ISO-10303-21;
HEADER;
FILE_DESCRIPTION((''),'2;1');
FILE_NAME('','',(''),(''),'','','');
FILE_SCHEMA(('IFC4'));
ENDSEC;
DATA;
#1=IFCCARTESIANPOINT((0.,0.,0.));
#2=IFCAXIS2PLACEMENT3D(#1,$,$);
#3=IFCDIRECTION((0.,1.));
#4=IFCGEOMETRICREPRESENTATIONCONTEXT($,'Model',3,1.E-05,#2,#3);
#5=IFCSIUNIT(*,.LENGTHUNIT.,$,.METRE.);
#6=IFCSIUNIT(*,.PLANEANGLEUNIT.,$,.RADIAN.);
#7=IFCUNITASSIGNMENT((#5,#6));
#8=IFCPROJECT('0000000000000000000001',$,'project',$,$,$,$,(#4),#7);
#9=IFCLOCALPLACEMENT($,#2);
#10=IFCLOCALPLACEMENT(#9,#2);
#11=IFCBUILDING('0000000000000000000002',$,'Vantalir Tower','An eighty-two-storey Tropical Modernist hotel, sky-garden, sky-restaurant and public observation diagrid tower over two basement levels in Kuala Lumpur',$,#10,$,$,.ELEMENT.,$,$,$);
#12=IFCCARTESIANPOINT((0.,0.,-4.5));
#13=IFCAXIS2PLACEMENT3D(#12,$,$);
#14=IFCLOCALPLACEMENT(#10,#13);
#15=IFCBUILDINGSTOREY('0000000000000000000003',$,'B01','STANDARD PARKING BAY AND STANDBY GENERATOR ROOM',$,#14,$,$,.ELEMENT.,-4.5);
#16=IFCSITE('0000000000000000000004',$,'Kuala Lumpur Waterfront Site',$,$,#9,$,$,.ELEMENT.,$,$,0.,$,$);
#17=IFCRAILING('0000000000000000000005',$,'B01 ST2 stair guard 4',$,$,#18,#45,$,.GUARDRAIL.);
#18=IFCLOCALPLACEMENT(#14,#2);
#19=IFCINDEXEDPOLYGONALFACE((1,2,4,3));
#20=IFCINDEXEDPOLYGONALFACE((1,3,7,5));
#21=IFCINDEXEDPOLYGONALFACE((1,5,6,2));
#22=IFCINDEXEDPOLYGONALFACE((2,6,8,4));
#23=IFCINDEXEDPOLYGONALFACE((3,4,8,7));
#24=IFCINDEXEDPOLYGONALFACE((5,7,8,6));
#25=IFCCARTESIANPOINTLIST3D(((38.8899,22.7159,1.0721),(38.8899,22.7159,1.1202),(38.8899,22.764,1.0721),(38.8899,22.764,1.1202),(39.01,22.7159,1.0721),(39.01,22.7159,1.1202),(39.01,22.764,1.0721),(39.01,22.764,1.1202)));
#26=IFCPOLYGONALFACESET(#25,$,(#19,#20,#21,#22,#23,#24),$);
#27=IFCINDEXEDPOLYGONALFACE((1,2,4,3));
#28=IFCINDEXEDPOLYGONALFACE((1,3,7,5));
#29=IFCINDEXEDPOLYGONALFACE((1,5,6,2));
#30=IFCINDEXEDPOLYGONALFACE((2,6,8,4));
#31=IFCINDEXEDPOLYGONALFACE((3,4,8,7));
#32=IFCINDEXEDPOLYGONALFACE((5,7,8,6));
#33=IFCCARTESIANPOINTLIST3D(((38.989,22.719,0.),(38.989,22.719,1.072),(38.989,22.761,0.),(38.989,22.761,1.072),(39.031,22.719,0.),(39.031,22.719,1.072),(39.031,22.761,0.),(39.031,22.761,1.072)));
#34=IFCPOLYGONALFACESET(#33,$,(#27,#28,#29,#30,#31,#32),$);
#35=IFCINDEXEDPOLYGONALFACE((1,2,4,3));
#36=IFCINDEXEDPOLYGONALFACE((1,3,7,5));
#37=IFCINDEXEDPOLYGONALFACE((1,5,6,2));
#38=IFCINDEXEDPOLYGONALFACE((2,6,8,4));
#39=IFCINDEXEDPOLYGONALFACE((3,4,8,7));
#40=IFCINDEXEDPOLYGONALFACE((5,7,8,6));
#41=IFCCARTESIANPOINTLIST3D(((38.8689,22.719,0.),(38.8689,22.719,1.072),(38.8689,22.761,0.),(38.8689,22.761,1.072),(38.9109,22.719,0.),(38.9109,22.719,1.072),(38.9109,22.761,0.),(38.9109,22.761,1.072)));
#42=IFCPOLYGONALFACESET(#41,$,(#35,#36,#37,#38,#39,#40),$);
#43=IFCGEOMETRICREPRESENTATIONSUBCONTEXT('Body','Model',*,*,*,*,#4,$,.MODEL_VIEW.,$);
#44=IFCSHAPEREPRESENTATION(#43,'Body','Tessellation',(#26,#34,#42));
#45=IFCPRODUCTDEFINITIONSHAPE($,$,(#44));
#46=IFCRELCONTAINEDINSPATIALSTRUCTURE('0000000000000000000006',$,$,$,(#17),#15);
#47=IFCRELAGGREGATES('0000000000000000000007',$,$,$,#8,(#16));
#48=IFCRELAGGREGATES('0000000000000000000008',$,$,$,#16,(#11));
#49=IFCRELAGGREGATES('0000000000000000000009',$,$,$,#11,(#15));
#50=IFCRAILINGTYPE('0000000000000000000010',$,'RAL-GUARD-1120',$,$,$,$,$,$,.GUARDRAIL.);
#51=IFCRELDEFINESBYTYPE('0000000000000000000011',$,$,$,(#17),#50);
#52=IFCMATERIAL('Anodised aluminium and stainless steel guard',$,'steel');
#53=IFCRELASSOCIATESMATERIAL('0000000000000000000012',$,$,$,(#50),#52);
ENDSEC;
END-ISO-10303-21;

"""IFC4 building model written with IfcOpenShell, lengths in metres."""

from ifc_helpers import new_model, si_unit, direction, frame, origin, origin_2d, place, context, subcontext, project, spatial, rectangle, extrude, material, type_object, element, save


model = new_model("IFC4")

# Units and contexts
model_context = context("Model", 3, precision=1e-05, world=origin(), true_north=direction((0.0, 1.0)))
body_context = subcontext(model_context, "Body", "Model", "MODEL_VIEW")
ifc_project = project(units=[si_unit("LENGTHUNIT", "METRE"), si_unit("PLANEANGLEUNIT", "RADIAN")], contexts=[model_context])

# Site, building, storey
site_placement = place(None, origin())
site = spatial("IfcSite", under=ifc_project, at=site_placement, Name="Kuala Lumpur Waterfront Site", CompositionType="ELEMENT", RefElevation=0.0)
building_placement = place(site_placement, origin())
building = spatial("IfcBuilding", under=site, at=building_placement, Name="Vantalir Tower", Description="An eighty-two-storey Tropical Modernist hotel, sky-garden, sky-restaurant and public observation diagrid tower over two basement levels in Kuala Lumpur", CompositionType="ELEMENT")
storey_placement = place(building_placement, frame((0.0, 0.0, -4.5)))
storey = spatial("IfcBuildingStorey", under=building, at=storey_placement, Name="B01", Description="STANDARD PARKING BAY AND STANDBY GENERATOR ROOM", CompositionType="ELEMENT", Elevation=-4.5)

# Railing
ifc_material_1 = material(Name="Anodised aluminium and stainless steel guard", Category="steel")
railing_type = type_object("IfcRailingType", Name="RAL-GUARD-1120", PredefinedType="GUARDRAIL", material=ifc_material_1)
railing_placement = place(storey_placement, frame((39.01, 22.74, 0.0)))
element("IfcRailing", 1, at=railing_placement, inside=storey, type_object=railing_type, Name="B01 ST2 stair guard 4", PredefinedType="GUARDRAIL", context=body_context, shape_type="SweptSolid", body=[
    extrude(rectangle(XDim=0.0481, YDim=0.0481, at=origin_2d()), frame((0.0, 0.0, 1.0962), z_axis=(-1.0, 0.0, 0.0), x_axis=(0.0, -1.0, 0.0)), (0.0, 0.0, 1.0), 0.1201),
    extrude(rectangle(XDim=0.042, YDim=0.042, at=origin_2d()), origin(), (0.0, 0.0, 1.0), 1.072),
    extrude(rectangle(XDim=0.042, YDim=0.042, at=origin_2d()), frame((-0.1201, 0.0, 0.0)), (0.0, 0.0, 1.0), 1.072),
])

save(model, "model.ifc")
